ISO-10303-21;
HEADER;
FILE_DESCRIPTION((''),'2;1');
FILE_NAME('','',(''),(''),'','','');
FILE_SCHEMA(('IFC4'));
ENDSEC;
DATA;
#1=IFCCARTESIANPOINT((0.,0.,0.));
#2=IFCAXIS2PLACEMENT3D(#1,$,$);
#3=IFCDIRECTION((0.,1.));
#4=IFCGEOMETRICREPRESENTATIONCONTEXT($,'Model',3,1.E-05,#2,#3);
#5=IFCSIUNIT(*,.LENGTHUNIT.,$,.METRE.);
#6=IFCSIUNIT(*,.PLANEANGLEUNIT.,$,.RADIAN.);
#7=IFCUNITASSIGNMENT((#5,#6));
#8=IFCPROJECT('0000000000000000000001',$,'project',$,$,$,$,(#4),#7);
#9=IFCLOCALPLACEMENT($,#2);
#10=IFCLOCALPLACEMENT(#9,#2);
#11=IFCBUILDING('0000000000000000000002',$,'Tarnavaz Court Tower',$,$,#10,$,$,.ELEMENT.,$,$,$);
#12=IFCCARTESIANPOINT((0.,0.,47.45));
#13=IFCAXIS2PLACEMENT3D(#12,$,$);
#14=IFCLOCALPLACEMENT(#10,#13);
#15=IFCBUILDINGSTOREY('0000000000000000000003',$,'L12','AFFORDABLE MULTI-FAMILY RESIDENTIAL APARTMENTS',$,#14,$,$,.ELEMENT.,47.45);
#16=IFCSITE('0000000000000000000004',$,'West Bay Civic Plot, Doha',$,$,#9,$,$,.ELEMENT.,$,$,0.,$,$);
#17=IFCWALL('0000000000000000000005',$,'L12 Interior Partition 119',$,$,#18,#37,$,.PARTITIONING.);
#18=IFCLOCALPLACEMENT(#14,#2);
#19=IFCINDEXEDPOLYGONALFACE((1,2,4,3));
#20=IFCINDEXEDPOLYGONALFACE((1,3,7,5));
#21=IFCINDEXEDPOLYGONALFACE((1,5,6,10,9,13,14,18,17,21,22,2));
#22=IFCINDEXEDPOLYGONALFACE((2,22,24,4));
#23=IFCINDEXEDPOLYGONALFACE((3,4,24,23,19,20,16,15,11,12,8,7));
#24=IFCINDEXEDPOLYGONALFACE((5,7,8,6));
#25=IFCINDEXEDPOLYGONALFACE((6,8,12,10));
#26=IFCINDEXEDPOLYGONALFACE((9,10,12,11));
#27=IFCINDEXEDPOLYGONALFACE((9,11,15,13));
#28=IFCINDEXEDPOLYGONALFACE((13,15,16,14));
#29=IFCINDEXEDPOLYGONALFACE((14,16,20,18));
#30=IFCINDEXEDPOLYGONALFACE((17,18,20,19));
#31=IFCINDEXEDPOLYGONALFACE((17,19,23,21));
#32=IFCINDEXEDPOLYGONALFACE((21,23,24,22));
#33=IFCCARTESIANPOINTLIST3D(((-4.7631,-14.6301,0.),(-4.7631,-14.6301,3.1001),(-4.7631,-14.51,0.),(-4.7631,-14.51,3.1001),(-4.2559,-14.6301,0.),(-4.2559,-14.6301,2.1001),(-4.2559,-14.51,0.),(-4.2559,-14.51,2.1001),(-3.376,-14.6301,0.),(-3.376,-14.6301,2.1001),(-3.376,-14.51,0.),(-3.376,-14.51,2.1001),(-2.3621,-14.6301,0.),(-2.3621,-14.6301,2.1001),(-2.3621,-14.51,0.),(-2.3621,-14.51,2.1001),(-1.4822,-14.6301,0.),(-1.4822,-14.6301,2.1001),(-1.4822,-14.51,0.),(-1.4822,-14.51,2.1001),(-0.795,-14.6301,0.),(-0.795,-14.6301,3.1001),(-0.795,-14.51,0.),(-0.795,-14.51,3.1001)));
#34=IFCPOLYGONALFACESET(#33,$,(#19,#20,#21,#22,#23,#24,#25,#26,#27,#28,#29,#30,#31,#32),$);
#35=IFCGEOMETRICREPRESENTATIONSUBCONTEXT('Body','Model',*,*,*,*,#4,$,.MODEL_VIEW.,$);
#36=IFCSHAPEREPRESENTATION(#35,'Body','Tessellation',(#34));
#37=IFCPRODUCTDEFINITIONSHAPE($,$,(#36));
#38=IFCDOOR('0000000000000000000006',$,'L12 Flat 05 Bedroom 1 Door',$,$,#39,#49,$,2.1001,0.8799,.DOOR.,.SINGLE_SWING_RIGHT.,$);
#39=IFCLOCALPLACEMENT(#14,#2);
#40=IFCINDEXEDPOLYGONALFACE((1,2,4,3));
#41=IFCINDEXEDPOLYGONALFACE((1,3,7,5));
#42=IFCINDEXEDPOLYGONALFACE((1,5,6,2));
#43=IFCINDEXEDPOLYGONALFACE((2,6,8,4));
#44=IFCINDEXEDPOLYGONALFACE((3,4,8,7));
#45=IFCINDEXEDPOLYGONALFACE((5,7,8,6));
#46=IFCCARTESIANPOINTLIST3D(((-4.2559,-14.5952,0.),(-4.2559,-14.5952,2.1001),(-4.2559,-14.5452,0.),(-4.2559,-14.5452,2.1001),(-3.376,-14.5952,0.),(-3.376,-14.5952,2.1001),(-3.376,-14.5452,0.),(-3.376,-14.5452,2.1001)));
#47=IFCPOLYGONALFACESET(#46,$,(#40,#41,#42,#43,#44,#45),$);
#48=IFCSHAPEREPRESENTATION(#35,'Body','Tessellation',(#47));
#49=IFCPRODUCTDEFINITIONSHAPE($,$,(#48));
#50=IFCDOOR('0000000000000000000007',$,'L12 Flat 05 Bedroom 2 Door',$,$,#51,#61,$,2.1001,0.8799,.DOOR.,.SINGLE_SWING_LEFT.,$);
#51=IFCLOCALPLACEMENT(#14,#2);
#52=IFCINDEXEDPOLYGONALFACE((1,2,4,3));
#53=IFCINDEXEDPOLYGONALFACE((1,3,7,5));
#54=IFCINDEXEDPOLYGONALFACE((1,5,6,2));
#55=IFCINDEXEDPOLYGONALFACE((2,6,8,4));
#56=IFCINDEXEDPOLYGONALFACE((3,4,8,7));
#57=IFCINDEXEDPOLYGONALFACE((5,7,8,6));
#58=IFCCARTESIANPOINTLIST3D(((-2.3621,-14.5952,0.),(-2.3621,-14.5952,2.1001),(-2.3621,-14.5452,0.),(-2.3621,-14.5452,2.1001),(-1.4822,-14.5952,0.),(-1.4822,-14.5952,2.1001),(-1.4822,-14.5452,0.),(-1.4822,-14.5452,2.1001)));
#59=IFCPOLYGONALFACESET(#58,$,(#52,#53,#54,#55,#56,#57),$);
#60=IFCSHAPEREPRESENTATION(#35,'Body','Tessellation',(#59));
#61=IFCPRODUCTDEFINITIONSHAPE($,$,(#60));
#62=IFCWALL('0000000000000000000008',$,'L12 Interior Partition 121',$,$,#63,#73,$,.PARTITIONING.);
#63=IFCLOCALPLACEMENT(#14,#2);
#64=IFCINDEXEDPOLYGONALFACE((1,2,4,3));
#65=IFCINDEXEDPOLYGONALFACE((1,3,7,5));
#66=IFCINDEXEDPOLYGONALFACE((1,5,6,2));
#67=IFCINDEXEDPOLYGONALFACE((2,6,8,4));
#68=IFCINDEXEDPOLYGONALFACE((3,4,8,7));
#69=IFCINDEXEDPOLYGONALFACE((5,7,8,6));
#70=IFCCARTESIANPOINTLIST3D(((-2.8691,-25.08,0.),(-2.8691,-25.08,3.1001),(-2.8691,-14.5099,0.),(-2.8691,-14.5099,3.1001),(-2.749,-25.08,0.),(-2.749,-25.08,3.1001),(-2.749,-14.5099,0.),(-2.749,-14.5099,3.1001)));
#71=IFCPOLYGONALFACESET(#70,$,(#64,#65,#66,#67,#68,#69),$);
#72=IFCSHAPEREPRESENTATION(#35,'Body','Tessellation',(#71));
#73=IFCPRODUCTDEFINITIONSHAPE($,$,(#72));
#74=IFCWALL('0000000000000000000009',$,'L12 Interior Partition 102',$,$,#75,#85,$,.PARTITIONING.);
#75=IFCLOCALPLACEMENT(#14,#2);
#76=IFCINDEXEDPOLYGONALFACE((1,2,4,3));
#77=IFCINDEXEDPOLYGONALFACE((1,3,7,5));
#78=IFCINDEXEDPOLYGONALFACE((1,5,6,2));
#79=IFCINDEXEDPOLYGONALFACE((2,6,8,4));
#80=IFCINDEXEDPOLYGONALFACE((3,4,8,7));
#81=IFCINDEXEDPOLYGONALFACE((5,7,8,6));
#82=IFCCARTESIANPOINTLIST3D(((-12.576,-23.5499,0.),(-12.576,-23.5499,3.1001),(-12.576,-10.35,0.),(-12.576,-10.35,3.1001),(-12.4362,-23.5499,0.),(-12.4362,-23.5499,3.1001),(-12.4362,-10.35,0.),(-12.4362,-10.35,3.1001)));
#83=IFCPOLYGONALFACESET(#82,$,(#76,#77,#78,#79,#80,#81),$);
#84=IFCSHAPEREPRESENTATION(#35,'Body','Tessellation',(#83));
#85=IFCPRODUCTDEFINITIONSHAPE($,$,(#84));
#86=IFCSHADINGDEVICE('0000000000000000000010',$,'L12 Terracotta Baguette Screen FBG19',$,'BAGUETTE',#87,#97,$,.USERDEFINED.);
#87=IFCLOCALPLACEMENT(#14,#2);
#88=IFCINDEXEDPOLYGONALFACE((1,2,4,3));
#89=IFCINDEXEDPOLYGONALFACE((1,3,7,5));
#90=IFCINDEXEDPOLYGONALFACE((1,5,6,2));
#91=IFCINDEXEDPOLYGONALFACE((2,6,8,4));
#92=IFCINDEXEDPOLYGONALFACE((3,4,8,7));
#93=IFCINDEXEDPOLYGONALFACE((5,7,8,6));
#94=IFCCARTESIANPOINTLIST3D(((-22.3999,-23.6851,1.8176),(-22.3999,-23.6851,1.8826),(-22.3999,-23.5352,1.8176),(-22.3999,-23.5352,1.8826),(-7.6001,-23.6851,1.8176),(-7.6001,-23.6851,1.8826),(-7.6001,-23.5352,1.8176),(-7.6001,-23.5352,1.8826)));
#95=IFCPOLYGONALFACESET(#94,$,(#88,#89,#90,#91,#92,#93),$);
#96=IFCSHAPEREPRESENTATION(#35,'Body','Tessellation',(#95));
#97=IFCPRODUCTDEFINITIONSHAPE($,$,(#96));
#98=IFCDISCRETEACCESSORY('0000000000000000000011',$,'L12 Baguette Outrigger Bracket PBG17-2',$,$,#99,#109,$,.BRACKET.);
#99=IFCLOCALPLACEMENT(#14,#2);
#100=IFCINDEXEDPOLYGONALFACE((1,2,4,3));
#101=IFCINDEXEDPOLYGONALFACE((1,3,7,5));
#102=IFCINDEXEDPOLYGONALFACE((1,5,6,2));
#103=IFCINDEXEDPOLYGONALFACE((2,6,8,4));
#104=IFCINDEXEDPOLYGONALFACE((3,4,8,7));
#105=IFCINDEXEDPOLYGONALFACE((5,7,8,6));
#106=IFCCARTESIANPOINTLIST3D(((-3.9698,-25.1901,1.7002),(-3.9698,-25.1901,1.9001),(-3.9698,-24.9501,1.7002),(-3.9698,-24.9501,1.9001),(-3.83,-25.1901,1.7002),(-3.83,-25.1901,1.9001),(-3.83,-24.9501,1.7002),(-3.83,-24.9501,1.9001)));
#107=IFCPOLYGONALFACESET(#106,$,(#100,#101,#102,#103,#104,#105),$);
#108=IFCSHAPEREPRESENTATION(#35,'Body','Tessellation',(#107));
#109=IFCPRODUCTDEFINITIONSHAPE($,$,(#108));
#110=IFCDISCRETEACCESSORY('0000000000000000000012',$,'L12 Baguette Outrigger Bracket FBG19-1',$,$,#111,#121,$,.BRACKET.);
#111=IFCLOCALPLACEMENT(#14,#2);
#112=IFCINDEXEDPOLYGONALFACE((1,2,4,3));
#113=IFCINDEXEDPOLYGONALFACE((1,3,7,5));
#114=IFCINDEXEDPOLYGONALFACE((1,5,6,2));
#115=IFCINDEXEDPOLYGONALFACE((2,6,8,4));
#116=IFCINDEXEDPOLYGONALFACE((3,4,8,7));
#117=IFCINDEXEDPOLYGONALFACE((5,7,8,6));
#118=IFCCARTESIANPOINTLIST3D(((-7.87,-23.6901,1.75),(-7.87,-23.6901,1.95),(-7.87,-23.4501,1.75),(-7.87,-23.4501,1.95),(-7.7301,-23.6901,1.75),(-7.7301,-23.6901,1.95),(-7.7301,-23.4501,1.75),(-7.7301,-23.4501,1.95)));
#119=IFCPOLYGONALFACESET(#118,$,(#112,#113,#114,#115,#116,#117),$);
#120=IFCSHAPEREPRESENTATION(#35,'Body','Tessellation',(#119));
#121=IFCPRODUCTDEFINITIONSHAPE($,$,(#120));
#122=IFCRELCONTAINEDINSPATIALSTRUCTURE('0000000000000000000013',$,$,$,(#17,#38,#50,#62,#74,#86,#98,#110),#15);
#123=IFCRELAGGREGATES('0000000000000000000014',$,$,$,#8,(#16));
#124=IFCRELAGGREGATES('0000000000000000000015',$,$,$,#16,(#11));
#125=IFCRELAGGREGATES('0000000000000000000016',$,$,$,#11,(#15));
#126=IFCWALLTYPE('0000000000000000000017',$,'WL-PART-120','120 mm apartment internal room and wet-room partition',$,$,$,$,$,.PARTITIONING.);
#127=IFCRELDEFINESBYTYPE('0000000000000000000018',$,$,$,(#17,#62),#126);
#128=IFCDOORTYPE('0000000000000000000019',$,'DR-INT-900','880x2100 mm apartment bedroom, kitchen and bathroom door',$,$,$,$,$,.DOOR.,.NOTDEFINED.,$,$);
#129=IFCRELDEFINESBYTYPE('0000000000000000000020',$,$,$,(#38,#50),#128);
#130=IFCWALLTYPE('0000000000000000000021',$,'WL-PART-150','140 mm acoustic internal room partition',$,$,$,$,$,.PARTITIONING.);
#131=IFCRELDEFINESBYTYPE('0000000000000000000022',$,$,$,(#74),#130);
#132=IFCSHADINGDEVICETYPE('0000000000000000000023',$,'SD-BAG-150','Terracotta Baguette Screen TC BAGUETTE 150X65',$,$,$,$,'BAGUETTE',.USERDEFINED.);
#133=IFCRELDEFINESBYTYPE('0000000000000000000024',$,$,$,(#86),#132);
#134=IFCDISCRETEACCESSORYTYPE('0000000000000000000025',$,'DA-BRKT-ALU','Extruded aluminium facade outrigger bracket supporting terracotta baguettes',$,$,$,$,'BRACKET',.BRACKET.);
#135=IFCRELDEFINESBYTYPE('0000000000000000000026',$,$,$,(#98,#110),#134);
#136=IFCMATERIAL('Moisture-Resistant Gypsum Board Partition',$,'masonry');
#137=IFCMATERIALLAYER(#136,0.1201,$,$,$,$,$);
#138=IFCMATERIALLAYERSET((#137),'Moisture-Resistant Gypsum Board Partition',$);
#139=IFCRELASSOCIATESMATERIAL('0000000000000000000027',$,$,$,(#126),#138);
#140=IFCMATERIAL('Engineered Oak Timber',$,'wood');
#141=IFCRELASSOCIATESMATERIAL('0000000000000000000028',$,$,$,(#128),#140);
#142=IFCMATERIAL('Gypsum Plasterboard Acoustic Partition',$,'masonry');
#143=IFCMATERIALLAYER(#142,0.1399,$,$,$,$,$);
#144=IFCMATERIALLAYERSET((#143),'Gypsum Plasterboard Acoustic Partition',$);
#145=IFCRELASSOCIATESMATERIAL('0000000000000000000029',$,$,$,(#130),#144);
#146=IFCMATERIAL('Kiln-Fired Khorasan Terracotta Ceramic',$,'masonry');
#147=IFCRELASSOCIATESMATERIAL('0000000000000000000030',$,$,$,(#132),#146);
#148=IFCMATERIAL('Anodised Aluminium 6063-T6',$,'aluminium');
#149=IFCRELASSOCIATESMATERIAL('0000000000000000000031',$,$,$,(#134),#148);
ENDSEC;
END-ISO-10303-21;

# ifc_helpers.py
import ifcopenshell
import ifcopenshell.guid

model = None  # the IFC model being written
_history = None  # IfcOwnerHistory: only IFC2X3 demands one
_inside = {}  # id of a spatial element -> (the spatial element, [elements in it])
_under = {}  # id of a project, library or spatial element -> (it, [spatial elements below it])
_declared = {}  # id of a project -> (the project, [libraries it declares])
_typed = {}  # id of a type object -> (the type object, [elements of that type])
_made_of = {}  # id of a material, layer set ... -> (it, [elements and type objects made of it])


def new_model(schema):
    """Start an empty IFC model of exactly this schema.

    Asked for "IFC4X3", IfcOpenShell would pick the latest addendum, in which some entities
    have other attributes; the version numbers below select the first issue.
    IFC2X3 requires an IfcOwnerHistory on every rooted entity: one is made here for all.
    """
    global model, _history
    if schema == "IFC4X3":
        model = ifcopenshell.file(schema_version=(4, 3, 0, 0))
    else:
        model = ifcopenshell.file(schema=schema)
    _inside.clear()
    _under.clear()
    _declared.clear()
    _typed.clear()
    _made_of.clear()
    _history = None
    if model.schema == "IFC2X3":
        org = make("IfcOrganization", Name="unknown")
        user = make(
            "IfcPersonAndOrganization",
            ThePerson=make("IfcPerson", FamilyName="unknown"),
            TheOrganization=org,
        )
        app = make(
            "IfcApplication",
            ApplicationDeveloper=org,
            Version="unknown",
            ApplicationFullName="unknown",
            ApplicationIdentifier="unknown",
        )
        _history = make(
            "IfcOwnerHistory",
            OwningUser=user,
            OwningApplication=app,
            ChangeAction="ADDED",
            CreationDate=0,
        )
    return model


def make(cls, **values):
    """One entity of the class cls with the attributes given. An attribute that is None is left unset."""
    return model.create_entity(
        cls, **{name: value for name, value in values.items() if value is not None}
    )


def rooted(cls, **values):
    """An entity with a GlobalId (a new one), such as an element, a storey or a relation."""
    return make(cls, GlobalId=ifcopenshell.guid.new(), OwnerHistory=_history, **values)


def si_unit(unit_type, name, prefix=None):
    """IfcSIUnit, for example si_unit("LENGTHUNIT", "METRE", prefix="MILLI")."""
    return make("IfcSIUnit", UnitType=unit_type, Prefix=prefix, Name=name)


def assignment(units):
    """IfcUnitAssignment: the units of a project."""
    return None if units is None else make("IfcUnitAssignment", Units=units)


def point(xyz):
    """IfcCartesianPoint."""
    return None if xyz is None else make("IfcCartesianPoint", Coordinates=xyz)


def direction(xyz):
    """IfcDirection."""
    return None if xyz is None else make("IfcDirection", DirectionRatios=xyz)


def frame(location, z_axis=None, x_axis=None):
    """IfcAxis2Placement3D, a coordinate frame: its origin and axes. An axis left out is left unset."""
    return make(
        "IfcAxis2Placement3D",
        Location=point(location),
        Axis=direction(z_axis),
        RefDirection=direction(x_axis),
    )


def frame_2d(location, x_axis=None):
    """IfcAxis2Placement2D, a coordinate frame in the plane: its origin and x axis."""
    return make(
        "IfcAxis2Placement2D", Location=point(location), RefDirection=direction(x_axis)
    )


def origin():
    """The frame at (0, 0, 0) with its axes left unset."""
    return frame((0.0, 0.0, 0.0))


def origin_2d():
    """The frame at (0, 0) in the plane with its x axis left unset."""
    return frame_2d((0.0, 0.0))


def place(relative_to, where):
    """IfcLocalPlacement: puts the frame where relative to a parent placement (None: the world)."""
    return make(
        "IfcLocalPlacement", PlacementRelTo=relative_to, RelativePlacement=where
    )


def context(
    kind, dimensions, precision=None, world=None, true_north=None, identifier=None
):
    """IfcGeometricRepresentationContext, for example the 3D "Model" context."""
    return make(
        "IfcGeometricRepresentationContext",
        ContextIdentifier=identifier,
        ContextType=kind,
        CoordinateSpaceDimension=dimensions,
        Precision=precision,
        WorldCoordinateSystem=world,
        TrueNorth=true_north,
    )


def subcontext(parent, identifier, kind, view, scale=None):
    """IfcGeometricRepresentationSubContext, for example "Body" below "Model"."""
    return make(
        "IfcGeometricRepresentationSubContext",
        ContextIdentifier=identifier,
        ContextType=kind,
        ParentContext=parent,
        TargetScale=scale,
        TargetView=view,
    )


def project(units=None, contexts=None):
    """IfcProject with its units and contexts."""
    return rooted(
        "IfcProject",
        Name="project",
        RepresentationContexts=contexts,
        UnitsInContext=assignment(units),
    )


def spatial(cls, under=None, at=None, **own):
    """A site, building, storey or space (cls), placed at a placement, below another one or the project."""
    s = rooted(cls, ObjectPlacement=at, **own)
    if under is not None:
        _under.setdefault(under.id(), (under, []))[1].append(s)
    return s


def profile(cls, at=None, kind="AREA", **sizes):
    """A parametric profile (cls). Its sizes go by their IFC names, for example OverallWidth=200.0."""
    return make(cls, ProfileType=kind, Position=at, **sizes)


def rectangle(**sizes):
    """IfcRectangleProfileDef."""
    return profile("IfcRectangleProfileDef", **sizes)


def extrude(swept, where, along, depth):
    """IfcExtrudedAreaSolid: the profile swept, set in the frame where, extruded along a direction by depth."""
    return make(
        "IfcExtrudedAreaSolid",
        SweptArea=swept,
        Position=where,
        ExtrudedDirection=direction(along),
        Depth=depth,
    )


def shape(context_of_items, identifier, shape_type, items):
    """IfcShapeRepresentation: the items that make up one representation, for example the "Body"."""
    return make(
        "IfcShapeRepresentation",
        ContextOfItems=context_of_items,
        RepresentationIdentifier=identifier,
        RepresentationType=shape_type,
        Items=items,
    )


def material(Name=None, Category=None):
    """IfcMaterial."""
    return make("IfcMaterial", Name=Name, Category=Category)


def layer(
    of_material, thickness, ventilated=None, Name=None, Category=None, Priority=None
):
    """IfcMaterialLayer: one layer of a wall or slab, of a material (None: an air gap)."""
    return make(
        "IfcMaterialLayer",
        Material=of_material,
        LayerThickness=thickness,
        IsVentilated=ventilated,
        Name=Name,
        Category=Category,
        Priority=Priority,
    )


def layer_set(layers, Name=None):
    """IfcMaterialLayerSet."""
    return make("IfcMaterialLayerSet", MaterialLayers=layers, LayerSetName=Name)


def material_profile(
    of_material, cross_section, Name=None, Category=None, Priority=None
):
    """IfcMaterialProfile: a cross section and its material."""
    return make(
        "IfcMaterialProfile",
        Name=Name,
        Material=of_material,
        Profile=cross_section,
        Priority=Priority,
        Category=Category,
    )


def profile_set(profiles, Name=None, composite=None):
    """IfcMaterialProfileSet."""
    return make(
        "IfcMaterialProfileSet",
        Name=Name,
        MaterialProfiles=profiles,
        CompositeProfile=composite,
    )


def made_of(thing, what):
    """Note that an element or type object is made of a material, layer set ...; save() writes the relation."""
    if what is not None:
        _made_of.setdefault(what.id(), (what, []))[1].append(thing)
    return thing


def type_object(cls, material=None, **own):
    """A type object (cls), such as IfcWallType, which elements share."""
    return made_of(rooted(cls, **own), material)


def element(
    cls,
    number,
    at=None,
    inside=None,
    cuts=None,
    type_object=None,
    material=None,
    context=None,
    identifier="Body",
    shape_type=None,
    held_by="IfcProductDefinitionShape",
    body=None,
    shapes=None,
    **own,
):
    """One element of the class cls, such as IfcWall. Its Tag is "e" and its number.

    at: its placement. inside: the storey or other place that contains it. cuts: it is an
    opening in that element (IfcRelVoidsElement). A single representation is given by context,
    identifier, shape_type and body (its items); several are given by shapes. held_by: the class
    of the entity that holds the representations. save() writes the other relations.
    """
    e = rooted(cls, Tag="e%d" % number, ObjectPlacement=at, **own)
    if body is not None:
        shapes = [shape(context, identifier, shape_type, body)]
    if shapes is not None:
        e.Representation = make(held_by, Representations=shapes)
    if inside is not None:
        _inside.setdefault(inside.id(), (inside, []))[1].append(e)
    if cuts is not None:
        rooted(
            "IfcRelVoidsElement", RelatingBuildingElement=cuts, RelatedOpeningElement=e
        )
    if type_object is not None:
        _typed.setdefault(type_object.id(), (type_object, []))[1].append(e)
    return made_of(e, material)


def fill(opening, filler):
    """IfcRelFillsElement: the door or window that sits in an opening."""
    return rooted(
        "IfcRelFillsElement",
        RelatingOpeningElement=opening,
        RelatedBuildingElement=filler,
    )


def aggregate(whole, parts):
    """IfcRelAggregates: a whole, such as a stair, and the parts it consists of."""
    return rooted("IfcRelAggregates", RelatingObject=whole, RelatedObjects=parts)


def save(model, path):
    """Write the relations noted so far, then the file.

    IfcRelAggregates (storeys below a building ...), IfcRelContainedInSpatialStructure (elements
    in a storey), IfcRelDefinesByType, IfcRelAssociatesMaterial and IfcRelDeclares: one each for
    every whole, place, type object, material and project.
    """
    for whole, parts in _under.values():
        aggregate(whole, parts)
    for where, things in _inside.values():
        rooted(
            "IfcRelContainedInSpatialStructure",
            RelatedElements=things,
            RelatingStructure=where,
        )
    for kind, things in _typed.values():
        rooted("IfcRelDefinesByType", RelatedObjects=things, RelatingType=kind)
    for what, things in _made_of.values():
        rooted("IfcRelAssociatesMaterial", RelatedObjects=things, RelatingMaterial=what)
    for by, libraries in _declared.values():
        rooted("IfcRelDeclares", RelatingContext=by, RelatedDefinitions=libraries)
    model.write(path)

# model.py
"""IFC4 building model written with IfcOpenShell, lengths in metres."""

from ifc_helpers import new_model, si_unit, direction, frame, frame_2d, origin, origin_2d, place, context, subcontext, project, spatial, rectangle, extrude, material, layer, layer_set, material_profile, profile_set, type_object, element, fill, save


model = new_model("IFC4")

# Units and contexts
model_context = context("Model", 3, precision=1e-05, world=origin(), true_north=direction((0.0, 1.0)))
body_context = subcontext(model_context, "Body", "Model", "MODEL_VIEW")
ifc_project = project(units=[si_unit("LENGTHUNIT", "METRE"), si_unit("PLANEANGLEUNIT", "RADIAN")], contexts=[model_context])

# Site, building, storey
site_placement = place(None, origin())
site = spatial("IfcSite", under=ifc_project, at=site_placement, Name="West Bay Civic Plot, Doha", CompositionType="ELEMENT", RefElevation=0.0)
building_placement = place(site_placement, origin())
building = spatial("IfcBuilding", under=site, at=building_placement, Name="Tarnavaz Court Tower", CompositionType="ELEMENT")
storey_placement = place(building_placement, frame((0.0, 0.0, 47.45)))
storey = spatial("IfcBuildingStorey", under=building, at=storey_placement, Name="L12", Description="AFFORDABLE MULTI-FAMILY RESIDENTIAL APARTMENTS", CompositionType="ELEMENT", Elevation=47.45)

# Shared definitions
ifc_material_1 = material(Name="Anodised Aluminium 6063-T6", Category="aluminium")

# Shared definitions
ifc_material_2 = material(Name="Moisture-Resistant Gypsum Board Partition", Category="masonry")
ifc_layer_1 = layer(ifc_material_2, 0.1201)
ifc_layer_set_1 = layer_set([ifc_layer_1], Name="Moisture-Resistant Gypsum Board Partition")
wall_type_1 = type_object("IfcWallType", Name="WL-PART-120", Description="120 mm apartment internal room and wet-room partition", PredefinedType="PARTITIONING", material=ifc_layer_set_1)
ifc_material_3 = material(Name="Engineered Oak Timber", Category="wood")

# Wall, openings, doors
wall_1_placement = place(storey_placement, frame((-4.7629, -14.5701, 0.0), z_axis=(0.0, 0.0, 1.0), x_axis=(1.0, 0.0, 0.0)))
wall_1 = element("IfcWall", 1, at=wall_1_placement, inside=storey, type_object=wall_type_1, Name="L12 Interior Partition 119", PredefinedType="PARTITIONING", context=body_context, shape_type="SweptSolid", body=[
    extrude(rectangle(XDim=3.968, YDim=0.1201, at=frame_2d((1.9839, 0.0))), origin(), (0.0, 0.0, 1.0), 3.1001),
])
opening_1_placement = place(wall_1_placement, frame((0.5071, 0.0, 0.0)))
opening_1 = element("IfcOpeningElement", 2, at=opening_1_placement, cuts=wall_1, PredefinedType="OPENING", context=body_context, shape_type="SweptSolid", body=[
    extrude(rectangle(XDim=0.8799, YDim=2.1001, at=frame_2d((0.4399, 1.05))), frame((0.0, 0.0701, 0.0), z_axis=(0.0, -1.0, 0.0), x_axis=(1.0, 0.0, 0.0)), (0.0, 0.0, 1.0), 0.1401),
])
opening_2_placement = place(wall_1_placement, frame((2.4009, 0.0, 0.0)))
opening_2 = element("IfcOpeningElement", 3, at=opening_2_placement, cuts=wall_1, PredefinedType="OPENING", context=body_context, shape_type="SweptSolid", body=[
    extrude(rectangle(XDim=0.8799, YDim=2.1001, at=frame_2d((0.4399, 1.05))), frame((0.0, 0.0701, 0.0), z_axis=(0.0, -1.0, 0.0), x_axis=(1.0, 0.0, 0.0)), (0.0, 0.0, 1.0), 0.1401),
])
door_type_1 = type_object("IfcDoorType", Name="DR-INT-900", Description="880x2100 mm apartment bedroom, kitchen and bathroom door", OperationType="NOTDEFINED", PredefinedType="DOOR", material=ifc_material_3)
door_1_placement = place(opening_1_placement, origin())
door_1 = element("IfcDoor", 4, at=door_1_placement, inside=storey, type_object=door_type_1, Name="L12 Flat 05 Bedroom 1 Door", OperationType="SINGLE_SWING_RIGHT", OverallHeight=2.1001, OverallWidth=0.8799, PredefinedType="DOOR", context=body_context, shape_type="SweptSolid", body=[
    extrude(rectangle(XDim=0.8799, YDim=2.1001, at=frame_2d((0.4399, 1.05))), frame((0.0, 0.0249, 0.0), z_axis=(0.0, -1.0, 0.0), x_axis=(1.0, 0.0, 0.0)), (0.0, 0.0, 1.0), 0.05),
])
fill(opening_1, door_1)
door_2_placement = place(opening_2_placement, origin())
door_2 = element("IfcDoor", 5, at=door_2_placement, inside=storey, type_object=door_type_1, Name="L12 Flat 05 Bedroom 2 Door", OperationType="SINGLE_SWING_LEFT", OverallHeight=2.1001, OverallWidth=0.8799, PredefinedType="DOOR", context=body_context, shape_type="SweptSolid", body=[
    extrude(rectangle(XDim=0.8799, YDim=2.1001, at=frame_2d((0.4399, 1.05))), frame((0.0, 0.0249, 0.0), z_axis=(0.0, -1.0, 0.0), x_axis=(1.0, 0.0, 0.0)), (0.0, 0.0, 1.0), 0.05),
])
fill(opening_2, door_2)

# Walls
wall_2_placement = place(storey_placement, frame((-2.8091, -25.0801, 0.0), z_axis=(0.0, 0.0, 1.0), x_axis=(0.0, 1.0, 0.0)))
element("IfcWall", 6, at=wall_2_placement, inside=storey, type_object=wall_type_1, Name="L12 Interior Partition 121", PredefinedType="PARTITIONING", context=body_context, shape_type="SweptSolid", body=[
    extrude(rectangle(XDim=10.5701, YDim=0.1201, at=frame_2d((5.2852, 0.0))), origin(), (0.0, 0.0, 1.0), 3.1001),
])
ifc_material_4 = material(Name="Gypsum Plasterboard Acoustic Partition", Category="masonry")
ifc_layer_2 = layer(ifc_material_4, 0.1399)
ifc_layer_set_2 = layer_set([ifc_layer_2], Name="Gypsum Plasterboard Acoustic Partition")
wall_type_2 = type_object("IfcWallType", Name="WL-PART-150", Description="140 mm acoustic internal room partition", PredefinedType="PARTITIONING", material=ifc_layer_set_2)
wall_3_placement = place(storey_placement, frame((-12.5061, -23.55, 0.0), z_axis=(0.0, 0.0, 1.0), x_axis=(0.0, 1.0, 0.0)))
element("IfcWall", 7, at=wall_3_placement, inside=storey, type_object=wall_type_2, Name="L12 Interior Partition 102", PredefinedType="PARTITIONING", context=body_context, shape_type="SweptSolid", body=[
    extrude(rectangle(XDim=13.2, YDim=0.1399, at=frame_2d((6.6001, 0.0))), origin(), (0.0, 0.0, 1.0), 3.1001),
])

# Shading device
ifc_material_5 = material(Name="Kiln-Fired Khorasan Terracotta Ceramic", Category="masonry")
ifc_material_profile_1 = material_profile(ifc_material_5, rectangle(XDim=0.1499, YDim=0.0649, at=origin_2d()), Name="TC BAGUETTE 150X65")
ifc_profile_set_1 = profile_set([ifc_material_profile_1], Name="Kiln-Fired Khorasan Terracotta Ceramic")
shading_device_type = type_object("IfcShadingDeviceType", Name="SD-BAG-150", Description="Terracotta Baguette Screen TC BAGUETTE 150X65", ElementType="BAGUETTE", PredefinedType="USERDEFINED", material=ifc_profile_set_1)
shading_device_placement = place(storey_placement, frame((-7.6001, -23.6101, 1.8501), z_axis=(-1.0, 0.0, 0.0), x_axis=(0.0, -1.0, 0.0)))
element("IfcShadingDevice", 8, at=shading_device_placement, inside=storey, type_object=shading_device_type, Name="L12 Terracotta Baguette Screen FBG19", ObjectType="BAGUETTE", PredefinedType="USERDEFINED", context=body_context, shape_type="SweptSolid", body=[
    extrude(rectangle(XDim=0.1499, YDim=0.0649, at=origin_2d()), origin(), (0.0, 0.0, 1.0), 14.7998),
])

# Discrete accessories
discrete_accessory_type = type_object("IfcDiscreteAccessoryType", Name="DA-BRKT-ALU", Description="Extruded aluminium facade outrigger bracket supporting terracotta baguettes", ElementType="BRACKET", PredefinedType="BRACKET", material=ifc_material_1)
for number, where, z_axis, x_axis, name in (
    (9, (-3.8999, -25.0701, 1.7002), (0.0, 0.0, 1.0), (-1.0, 0.0, 0.0), "L12 Baguette Outrigger Bracket PBG17-2"),
    (10, (-7.8, -23.5701, 1.75), (0.0, 0.0, 1.0), (-1.0, 0.0, 0.0), "L12 Baguette Outrigger Bracket FBG19-1"),
):
    element("IfcDiscreteAccessory", number, at=place(storey_placement, frame(where, z_axis=z_axis, x_axis=x_axis)), inside=storey, type_object=discrete_accessory_type, Name=name, PredefinedType="BRACKET", context=body_context, shape_type="SweptSolid", body=[
        extrude(rectangle(XDim=0.1399, YDim=0.24, at=origin_2d()), origin(), (0.0, 0.0, 1.0), 0.2),
    ])

save(model, "model.ifc")
